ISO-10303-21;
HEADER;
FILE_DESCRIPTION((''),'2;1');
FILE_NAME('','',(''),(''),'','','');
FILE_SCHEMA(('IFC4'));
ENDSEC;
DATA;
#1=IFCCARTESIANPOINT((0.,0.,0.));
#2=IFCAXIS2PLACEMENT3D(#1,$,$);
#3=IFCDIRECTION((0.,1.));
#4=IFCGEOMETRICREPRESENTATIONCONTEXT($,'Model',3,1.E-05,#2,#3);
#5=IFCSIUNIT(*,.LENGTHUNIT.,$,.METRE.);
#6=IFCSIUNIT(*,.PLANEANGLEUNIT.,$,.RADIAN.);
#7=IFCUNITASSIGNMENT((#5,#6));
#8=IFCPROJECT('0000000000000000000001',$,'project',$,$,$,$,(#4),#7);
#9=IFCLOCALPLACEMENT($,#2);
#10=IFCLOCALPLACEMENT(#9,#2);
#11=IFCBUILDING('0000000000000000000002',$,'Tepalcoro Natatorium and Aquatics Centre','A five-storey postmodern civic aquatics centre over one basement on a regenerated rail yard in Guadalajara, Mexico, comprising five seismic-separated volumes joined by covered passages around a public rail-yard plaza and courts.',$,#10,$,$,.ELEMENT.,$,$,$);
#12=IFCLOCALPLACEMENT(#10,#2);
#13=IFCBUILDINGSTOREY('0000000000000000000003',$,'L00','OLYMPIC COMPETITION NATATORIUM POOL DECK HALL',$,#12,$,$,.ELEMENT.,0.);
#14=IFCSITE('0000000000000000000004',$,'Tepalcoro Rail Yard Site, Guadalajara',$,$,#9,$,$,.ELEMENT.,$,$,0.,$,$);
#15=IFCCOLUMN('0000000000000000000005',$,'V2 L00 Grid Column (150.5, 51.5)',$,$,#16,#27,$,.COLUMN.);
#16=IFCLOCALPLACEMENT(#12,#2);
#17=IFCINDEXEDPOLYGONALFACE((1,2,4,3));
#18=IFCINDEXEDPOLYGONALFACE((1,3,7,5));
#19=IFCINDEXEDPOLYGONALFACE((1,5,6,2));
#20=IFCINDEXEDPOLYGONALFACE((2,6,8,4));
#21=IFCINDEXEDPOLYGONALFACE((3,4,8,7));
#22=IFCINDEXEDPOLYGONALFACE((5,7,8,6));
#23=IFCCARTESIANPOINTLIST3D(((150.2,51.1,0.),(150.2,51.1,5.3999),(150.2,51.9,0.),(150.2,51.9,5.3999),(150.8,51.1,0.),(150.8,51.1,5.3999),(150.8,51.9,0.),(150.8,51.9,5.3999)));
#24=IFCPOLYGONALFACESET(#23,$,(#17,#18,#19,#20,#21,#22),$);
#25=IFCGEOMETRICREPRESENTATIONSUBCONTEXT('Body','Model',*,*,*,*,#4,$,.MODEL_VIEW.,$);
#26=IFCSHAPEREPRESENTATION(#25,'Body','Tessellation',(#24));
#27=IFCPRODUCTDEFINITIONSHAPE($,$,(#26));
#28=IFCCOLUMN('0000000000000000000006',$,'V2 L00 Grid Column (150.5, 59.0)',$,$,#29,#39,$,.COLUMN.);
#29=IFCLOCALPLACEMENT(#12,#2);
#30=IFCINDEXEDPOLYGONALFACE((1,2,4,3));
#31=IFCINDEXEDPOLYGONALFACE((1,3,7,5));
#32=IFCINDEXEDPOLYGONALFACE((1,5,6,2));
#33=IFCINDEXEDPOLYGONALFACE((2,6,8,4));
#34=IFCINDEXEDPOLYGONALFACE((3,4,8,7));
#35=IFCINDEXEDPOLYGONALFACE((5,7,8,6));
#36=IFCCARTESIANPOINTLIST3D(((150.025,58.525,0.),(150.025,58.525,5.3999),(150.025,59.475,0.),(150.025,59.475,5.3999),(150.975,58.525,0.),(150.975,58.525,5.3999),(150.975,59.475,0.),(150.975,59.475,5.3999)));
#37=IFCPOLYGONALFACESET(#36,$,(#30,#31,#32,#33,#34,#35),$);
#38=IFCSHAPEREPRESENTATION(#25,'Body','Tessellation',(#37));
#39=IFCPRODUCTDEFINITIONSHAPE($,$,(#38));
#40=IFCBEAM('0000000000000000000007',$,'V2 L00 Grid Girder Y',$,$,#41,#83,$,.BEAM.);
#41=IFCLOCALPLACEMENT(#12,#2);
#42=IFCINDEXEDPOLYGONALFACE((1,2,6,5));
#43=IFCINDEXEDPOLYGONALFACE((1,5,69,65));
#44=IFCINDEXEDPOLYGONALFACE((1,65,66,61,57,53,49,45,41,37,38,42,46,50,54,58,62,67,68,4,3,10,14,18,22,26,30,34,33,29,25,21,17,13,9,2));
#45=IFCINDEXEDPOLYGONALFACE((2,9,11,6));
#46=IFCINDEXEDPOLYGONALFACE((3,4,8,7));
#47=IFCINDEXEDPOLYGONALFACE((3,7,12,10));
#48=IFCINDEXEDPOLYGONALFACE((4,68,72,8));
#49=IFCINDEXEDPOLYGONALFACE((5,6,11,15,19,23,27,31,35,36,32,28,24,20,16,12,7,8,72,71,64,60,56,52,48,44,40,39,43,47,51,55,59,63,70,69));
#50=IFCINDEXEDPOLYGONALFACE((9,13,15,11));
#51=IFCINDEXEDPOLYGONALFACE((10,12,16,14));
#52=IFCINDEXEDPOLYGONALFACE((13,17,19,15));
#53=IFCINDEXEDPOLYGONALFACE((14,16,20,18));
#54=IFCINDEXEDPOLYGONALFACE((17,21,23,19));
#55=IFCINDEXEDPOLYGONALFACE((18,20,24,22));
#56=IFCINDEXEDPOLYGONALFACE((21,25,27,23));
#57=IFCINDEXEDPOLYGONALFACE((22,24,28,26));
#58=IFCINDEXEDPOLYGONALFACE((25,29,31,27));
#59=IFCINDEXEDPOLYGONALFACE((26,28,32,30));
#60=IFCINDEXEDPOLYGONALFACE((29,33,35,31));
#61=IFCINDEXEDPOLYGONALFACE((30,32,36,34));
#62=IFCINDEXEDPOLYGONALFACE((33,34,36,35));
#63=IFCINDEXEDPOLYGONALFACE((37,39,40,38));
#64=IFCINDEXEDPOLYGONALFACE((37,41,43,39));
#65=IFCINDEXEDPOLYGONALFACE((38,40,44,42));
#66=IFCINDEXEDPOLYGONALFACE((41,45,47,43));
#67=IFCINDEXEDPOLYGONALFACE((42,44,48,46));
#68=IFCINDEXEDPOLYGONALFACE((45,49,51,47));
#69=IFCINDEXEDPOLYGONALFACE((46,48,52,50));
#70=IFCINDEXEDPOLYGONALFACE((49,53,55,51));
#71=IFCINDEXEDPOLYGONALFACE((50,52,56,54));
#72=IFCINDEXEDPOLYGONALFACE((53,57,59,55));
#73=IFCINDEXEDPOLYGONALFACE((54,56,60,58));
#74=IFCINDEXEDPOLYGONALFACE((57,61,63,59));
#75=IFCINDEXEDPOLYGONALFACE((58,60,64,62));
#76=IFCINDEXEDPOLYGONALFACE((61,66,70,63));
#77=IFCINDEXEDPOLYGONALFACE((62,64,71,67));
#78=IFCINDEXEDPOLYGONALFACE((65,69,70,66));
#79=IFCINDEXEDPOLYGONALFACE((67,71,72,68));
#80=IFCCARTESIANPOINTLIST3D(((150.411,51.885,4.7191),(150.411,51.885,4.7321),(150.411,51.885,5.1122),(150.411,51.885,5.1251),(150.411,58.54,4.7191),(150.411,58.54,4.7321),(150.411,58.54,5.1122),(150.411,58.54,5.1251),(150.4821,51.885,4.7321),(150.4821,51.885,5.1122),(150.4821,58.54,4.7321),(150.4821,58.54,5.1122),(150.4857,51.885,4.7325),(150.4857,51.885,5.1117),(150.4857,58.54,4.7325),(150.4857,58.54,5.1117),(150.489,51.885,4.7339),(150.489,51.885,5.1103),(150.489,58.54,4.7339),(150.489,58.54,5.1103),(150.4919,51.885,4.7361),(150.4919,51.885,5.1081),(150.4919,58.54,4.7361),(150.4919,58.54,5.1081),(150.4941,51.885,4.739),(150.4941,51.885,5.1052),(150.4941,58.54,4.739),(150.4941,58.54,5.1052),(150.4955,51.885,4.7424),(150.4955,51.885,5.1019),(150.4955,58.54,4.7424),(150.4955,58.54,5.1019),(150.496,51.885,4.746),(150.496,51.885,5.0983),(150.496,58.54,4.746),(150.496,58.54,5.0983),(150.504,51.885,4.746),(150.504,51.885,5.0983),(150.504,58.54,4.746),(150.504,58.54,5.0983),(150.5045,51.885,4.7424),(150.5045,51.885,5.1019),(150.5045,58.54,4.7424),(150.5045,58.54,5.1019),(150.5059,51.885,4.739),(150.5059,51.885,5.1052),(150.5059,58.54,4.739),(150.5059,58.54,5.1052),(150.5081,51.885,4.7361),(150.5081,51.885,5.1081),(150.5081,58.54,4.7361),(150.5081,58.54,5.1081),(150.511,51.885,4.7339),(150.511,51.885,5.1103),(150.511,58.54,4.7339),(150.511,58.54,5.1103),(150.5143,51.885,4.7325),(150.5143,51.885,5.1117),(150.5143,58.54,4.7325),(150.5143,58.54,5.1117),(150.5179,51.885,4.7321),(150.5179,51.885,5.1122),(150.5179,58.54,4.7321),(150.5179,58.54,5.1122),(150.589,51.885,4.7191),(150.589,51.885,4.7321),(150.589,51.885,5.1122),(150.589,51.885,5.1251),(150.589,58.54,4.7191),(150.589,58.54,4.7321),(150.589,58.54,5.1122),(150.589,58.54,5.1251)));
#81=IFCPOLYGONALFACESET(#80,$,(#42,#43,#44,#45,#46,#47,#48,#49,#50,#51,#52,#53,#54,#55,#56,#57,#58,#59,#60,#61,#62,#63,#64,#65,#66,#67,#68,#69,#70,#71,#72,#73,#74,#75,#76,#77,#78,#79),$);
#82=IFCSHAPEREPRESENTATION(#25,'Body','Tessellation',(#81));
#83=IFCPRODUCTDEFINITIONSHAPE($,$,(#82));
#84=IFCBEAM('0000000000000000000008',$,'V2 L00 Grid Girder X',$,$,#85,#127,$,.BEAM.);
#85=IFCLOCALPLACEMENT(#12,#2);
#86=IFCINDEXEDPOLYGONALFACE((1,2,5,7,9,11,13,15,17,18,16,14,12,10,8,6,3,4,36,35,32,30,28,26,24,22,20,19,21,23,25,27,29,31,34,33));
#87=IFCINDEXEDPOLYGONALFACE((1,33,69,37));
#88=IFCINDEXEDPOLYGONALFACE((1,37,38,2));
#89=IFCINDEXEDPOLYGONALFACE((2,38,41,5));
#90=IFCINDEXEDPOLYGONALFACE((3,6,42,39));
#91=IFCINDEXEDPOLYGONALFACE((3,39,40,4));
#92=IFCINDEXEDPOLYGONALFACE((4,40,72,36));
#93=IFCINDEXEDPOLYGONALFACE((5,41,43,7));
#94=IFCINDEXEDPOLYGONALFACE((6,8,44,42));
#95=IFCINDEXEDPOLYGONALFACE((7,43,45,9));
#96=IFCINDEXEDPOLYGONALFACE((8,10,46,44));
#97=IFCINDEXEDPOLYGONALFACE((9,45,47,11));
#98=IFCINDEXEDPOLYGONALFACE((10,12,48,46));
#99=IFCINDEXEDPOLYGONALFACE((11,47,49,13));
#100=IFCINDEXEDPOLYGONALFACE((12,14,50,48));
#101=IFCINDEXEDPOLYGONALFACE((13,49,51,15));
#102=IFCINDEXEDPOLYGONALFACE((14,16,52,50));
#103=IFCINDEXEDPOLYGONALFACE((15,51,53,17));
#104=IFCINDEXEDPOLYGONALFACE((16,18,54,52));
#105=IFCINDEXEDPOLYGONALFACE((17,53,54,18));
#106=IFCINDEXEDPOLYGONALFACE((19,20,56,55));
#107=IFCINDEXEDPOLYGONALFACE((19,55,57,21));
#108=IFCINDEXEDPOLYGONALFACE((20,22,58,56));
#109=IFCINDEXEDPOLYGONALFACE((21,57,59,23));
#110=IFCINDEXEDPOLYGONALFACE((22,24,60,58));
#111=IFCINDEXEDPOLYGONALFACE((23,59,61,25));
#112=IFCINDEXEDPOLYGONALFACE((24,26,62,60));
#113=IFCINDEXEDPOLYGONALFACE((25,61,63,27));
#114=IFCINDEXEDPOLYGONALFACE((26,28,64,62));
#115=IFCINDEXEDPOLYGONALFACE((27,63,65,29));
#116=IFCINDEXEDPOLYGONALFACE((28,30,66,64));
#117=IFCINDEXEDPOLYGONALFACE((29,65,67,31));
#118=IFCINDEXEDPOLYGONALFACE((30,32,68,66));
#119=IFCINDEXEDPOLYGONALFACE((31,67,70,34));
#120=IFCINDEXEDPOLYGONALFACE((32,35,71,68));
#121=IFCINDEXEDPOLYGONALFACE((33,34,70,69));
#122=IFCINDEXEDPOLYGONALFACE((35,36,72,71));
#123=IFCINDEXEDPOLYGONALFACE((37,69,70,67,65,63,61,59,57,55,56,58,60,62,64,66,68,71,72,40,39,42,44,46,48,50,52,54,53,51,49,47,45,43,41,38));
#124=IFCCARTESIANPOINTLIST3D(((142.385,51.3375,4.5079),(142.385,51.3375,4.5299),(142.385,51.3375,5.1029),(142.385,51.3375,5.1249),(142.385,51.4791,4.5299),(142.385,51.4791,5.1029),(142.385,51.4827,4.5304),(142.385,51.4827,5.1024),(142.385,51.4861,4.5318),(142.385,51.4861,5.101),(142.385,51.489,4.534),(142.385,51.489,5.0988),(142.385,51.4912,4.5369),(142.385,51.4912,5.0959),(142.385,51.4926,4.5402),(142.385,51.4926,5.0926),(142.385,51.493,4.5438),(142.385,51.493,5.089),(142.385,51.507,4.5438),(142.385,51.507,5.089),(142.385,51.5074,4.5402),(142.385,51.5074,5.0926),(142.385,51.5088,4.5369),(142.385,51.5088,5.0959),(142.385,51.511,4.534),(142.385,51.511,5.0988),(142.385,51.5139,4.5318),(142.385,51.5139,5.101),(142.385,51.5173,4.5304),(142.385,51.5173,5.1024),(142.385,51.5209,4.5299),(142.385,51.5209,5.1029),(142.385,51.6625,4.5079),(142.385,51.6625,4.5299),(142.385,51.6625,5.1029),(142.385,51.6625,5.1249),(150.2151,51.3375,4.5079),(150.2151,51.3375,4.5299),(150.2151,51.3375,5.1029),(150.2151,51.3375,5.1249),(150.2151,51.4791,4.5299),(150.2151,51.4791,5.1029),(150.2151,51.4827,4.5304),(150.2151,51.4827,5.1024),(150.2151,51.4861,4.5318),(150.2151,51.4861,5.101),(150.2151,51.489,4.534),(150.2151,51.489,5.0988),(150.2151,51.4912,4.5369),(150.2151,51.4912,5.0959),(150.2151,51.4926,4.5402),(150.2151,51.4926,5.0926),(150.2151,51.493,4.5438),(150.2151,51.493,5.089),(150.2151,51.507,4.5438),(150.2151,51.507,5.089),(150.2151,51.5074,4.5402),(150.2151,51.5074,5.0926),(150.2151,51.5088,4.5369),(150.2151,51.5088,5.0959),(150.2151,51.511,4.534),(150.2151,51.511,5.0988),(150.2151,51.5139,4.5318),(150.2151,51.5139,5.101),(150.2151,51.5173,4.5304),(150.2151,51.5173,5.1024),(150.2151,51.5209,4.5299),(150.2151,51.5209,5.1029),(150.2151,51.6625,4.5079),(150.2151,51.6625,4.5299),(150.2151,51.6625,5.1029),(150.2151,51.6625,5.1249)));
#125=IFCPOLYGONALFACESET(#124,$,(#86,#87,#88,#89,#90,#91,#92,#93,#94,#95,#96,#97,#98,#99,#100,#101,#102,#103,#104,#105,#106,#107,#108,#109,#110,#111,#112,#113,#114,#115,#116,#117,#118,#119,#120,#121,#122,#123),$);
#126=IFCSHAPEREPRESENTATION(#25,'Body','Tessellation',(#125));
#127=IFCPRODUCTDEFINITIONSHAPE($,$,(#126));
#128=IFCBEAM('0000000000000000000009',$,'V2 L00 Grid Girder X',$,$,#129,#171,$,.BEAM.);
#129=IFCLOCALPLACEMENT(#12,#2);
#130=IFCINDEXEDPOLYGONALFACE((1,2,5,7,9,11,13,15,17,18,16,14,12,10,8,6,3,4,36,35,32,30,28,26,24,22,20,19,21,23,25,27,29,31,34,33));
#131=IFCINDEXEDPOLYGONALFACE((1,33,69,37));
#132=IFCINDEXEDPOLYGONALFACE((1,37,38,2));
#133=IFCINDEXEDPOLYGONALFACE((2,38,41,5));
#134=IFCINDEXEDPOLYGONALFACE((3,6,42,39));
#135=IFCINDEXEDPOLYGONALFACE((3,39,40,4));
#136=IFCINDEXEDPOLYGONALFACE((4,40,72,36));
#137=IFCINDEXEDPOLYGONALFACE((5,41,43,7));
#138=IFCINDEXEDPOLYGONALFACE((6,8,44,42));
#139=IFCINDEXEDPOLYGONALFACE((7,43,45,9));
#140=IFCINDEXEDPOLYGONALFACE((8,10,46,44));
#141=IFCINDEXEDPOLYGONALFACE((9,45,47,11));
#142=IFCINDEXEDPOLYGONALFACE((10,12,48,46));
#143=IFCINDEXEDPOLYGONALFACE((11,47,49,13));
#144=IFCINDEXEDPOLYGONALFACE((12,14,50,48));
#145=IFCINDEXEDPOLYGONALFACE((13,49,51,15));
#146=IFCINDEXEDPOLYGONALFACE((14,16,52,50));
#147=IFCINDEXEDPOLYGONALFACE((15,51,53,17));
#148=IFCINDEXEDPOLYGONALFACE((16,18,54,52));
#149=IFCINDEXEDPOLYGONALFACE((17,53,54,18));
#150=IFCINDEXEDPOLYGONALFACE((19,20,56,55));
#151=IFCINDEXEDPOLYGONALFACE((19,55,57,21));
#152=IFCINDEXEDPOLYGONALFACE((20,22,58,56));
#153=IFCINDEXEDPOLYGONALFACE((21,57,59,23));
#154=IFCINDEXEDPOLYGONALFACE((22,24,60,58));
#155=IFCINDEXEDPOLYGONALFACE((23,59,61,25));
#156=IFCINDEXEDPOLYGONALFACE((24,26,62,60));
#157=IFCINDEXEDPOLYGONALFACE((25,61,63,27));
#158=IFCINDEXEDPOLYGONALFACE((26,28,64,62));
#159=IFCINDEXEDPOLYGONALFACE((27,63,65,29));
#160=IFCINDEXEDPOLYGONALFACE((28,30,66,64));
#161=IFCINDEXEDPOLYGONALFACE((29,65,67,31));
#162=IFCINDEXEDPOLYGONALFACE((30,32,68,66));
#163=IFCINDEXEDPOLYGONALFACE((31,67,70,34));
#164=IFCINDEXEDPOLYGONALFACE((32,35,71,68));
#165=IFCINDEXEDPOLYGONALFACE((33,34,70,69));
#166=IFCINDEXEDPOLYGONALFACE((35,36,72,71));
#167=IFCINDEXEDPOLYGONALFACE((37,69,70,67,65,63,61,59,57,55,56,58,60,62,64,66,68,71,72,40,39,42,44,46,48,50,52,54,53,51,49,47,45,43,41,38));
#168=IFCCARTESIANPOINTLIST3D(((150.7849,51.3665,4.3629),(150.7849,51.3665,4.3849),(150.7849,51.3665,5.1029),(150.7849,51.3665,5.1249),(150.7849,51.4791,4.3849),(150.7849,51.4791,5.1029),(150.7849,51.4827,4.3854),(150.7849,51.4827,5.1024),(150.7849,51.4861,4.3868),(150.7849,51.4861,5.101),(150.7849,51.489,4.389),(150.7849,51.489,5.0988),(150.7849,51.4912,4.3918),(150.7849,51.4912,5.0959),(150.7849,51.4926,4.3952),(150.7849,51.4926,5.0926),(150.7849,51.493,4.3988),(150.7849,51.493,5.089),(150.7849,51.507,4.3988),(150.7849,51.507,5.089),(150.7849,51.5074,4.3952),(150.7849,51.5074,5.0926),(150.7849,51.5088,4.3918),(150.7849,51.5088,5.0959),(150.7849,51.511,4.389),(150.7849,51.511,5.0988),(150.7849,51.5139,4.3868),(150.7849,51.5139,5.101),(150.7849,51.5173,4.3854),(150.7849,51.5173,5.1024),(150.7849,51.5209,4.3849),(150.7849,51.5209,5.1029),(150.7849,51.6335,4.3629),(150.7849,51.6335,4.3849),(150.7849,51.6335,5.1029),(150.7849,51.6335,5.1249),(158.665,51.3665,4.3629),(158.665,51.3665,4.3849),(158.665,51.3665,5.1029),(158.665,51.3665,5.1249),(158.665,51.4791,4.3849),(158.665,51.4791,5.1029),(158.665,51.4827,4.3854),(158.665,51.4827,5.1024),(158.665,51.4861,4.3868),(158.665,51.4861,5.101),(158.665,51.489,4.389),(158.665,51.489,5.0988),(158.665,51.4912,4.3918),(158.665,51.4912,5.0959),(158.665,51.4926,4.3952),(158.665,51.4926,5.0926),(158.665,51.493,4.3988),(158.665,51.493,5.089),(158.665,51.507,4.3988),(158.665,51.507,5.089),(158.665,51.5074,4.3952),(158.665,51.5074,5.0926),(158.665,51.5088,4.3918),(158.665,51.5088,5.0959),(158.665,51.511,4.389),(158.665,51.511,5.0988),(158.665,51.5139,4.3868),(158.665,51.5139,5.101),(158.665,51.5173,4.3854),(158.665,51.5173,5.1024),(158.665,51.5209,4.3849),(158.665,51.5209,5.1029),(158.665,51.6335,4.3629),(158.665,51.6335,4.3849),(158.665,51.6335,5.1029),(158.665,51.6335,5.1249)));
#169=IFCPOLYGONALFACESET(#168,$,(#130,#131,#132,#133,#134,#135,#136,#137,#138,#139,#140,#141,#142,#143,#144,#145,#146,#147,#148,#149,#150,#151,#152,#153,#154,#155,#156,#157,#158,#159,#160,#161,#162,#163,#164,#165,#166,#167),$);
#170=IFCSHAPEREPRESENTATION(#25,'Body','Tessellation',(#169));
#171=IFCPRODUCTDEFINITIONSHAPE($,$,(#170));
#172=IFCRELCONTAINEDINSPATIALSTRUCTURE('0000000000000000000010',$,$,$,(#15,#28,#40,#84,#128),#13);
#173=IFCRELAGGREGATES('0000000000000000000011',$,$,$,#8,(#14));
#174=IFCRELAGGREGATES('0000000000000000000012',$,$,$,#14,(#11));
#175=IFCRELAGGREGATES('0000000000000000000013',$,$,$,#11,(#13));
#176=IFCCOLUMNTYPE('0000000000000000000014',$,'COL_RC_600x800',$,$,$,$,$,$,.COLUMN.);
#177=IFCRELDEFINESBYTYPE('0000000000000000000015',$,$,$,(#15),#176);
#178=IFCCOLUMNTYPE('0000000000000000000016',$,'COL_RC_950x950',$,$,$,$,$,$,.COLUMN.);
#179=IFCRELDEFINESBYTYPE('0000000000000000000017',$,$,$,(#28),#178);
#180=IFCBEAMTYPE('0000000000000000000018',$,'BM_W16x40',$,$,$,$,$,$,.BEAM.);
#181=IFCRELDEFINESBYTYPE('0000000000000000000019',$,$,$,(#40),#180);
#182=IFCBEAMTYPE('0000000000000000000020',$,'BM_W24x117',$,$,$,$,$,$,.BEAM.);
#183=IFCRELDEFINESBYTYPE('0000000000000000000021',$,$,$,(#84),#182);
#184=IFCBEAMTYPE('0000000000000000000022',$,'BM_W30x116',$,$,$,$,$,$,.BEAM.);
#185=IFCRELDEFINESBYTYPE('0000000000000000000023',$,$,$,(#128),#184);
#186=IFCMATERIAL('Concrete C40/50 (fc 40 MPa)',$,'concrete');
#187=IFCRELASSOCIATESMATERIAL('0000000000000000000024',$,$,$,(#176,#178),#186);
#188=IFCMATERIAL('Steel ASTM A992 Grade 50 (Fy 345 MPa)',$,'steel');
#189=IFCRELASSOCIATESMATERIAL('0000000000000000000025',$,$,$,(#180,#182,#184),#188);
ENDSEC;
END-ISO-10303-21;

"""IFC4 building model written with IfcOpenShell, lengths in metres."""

from ifc_helpers import new_model, si_unit, direction, frame, origin, origin_2d, place, context, subcontext, project, spatial, rectangle, i_section, extrude, material, material_profile, profile_set, type_object, element, save


model = new_model("IFC4")

# Units and contexts
model_context = context("Model", 3, precision=1e-05, world=origin(), true_north=direction((0.0, 1.0)))
body_context = subcontext(model_context, "Body", "Model", "MODEL_VIEW")
ifc_project = project(units=[si_unit("LENGTHUNIT", "METRE"), si_unit("PLANEANGLEUNIT", "RADIAN")], contexts=[model_context])

# Site, building, storey
site_placement = place(None, origin())
site = spatial("IfcSite", under=ifc_project, at=site_placement, Name="Tepalcoro Rail Yard Site, Guadalajara", CompositionType="ELEMENT", RefElevation=0.0)
building_placement = place(site_placement, origin())
building = spatial("IfcBuilding", under=site, at=building_placement, Name="Tepalcoro Natatorium and Aquatics Centre", Description="A five-storey postmodern civic aquatics centre over one basement on a regenerated rail yard in Guadalajara, Mexico, comprising five seismic-separated volumes joined by covered passages around a public rail-yard plaza and courts.", CompositionType="ELEMENT")
storey_placement = place(building_placement, origin())
storey = spatial("IfcBuildingStorey", under=building, at=storey_placement, Name="L00", Description="OLYMPIC COMPETITION NATATORIUM POOL DECK HALL", CompositionType="ELEMENT", Elevation=0.0)

# Columns
ifc_material_1 = material(Name="Concrete C40/50 (fc 40 MPa)", Category="concrete")
ifc_material_profile_1 = material_profile(ifc_material_1, rectangle(XDim=0.6001, YDim=0.8, at=origin_2d()), Name="RC600x800")
ifc_profile_set_1 = profile_set([ifc_material_profile_1], Name="Concrete C40/50 (fc 40 MPa)")
column_type_1 = type_object("IfcColumnType", Name="COL_RC_600x800", PredefinedType="COLUMN", material=ifc_profile_set_1)
column_1_placement = place(storey_placement, frame((150.5, 51.5, 0.0), z_axis=(0.0, 0.0, 1.0), x_axis=(1.0, 0.0, 0.0)))
element("IfcColumn", 1, at=column_1_placement, inside=storey, type_object=column_type_1, Name="V2 L00 Grid Column (150.5, 51.5)", PredefinedType="COLUMN", context=body_context, shape_type="SweptSolid", body=[
    extrude(rectangle(XDim=0.6001, YDim=0.8, at=origin_2d()), origin(), (0.0, 0.0, 1.0), 5.3999),
])
ifc_material_profile_2 = material_profile(ifc_material_1, rectangle(XDim=0.95, YDim=0.95, at=origin_2d()), Name="RC950x950")
ifc_profile_set_2 = profile_set([ifc_material_profile_2], Name="Concrete C40/50 (fc 40 MPa)")
column_type_2 = type_object("IfcColumnType", Name="COL_RC_950x950", PredefinedType="COLUMN", material=ifc_profile_set_2)
column_2_placement = place(storey_placement, frame((150.5, 59.0, 0.0), z_axis=(0.0, 0.0, 1.0), x_axis=(1.0, 0.0, 0.0)))
element("IfcColumn", 2, at=column_2_placement, inside=storey, type_object=column_type_2, Name="V2 L00 Grid Column (150.5, 59.0)", PredefinedType="COLUMN", context=body_context, shape_type="SweptSolid", body=[
    extrude(rectangle(XDim=0.95, YDim=0.95, at=origin_2d()), origin(), (0.0, 0.0, 1.0), 5.3999),
])

# Beams
ifc_material_2 = material(Name="Steel ASTM A992 Grade 50 (Fy 345 MPa)", Category="steel")
ifc_material_profile_3 = material_profile(ifc_material_2, i_section(OverallWidth=0.178, OverallDepth=0.406, WebThickness=0.0081, FlangeThickness=0.0129, FilletRadius=0.0139, at=origin_2d()), Name="W16X40")
ifc_profile_set_3 = profile_set([ifc_material_profile_3], Name="Steel ASTM A992 Grade 50 (Fy 345 MPa)")
beam_type_1 = type_object("IfcBeamType", Name="BM_W16x40", PredefinedType="BEAM", material=ifc_profile_set_3)
beam_1_placement = place(storey_placement, frame((150.5, 51.885, 4.9221), z_axis=(0.0, 1.0, 0.0), x_axis=(-1.0, 0.0, 0.0)))
element("IfcBeam", 3, at=beam_1_placement, inside=storey, type_object=beam_type_1, Name="V2 L00 Grid Girder Y", PredefinedType="BEAM", context=body_context, shape_type="SweptSolid", body=[
    extrude(i_section(OverallWidth=0.178, OverallDepth=0.406, WebThickness=0.0081, FlangeThickness=0.0129, FilletRadius=0.0139, at=origin_2d()), origin(), (0.0, 0.0, 1.0), 6.655),
])
ifc_material_profile_4 = material_profile(ifc_material_2, i_section(OverallWidth=0.325, OverallDepth=0.6169, WebThickness=0.0139, FlangeThickness=0.022, FilletRadius=0.0139, at=origin_2d()), Name="W24X117")
ifc_profile_set_4 = profile_set([ifc_material_profile_4], Name="Steel ASTM A992 Grade 50 (Fy 345 MPa)")
beam_type_2 = type_object("IfcBeamType", Name="BM_W24x117", PredefinedType="BEAM", material=ifc_profile_set_4)
beam_2_placement = place(storey_placement, frame((142.385, 51.5, 4.8164), z_axis=(1.0, 0.0, 0.0), x_axis=(0.0, 1.0, 0.0)))
element("IfcBeam", 4, at=beam_2_placement, inside=storey, type_object=beam_type_2, Name="V2 L00 Grid Girder X", PredefinedType="BEAM", context=body_context, shape_type="SweptSolid", body=[
    extrude(i_section(OverallWidth=0.325, OverallDepth=0.6169, WebThickness=0.0139, FlangeThickness=0.022, FilletRadius=0.0139, at=origin_2d()), origin(), (0.0, 0.0, 1.0), 7.8301),
])
ifc_material_profile_5 = material_profile(ifc_material_2, i_section(OverallWidth=0.2671, OverallDepth=0.762, WebThickness=0.0139, FlangeThickness=0.022, FilletRadius=0.0139, at=origin_2d()), Name="W30X116")
ifc_profile_set_5 = profile_set([ifc_material_profile_5], Name="Steel ASTM A992 Grade 50 (Fy 345 MPa)")
beam_type_3 = type_object("IfcBeamType", Name="BM_W30x116", PredefinedType="BEAM", material=ifc_profile_set_5)
beam_3_placement = place(storey_placement, frame((150.7849, 51.5, 4.7439), z_axis=(1.0, 0.0, 0.0), x_axis=(0.0, 1.0, 0.0)))
element("IfcBeam", 5, at=beam_3_placement, inside=storey, type_object=beam_type_3, Name="V2 L00 Grid Girder X", PredefinedType="BEAM", context=body_context, shape_type="SweptSolid", body=[
    extrude(i_section(OverallWidth=0.2671, OverallDepth=0.762, WebThickness=0.0139, FlangeThickness=0.022, FilletRadius=0.0139, at=origin_2d()), origin(), (0.0, 0.0, 1.0), 7.8801),
])

save(model, "model.ifc")
